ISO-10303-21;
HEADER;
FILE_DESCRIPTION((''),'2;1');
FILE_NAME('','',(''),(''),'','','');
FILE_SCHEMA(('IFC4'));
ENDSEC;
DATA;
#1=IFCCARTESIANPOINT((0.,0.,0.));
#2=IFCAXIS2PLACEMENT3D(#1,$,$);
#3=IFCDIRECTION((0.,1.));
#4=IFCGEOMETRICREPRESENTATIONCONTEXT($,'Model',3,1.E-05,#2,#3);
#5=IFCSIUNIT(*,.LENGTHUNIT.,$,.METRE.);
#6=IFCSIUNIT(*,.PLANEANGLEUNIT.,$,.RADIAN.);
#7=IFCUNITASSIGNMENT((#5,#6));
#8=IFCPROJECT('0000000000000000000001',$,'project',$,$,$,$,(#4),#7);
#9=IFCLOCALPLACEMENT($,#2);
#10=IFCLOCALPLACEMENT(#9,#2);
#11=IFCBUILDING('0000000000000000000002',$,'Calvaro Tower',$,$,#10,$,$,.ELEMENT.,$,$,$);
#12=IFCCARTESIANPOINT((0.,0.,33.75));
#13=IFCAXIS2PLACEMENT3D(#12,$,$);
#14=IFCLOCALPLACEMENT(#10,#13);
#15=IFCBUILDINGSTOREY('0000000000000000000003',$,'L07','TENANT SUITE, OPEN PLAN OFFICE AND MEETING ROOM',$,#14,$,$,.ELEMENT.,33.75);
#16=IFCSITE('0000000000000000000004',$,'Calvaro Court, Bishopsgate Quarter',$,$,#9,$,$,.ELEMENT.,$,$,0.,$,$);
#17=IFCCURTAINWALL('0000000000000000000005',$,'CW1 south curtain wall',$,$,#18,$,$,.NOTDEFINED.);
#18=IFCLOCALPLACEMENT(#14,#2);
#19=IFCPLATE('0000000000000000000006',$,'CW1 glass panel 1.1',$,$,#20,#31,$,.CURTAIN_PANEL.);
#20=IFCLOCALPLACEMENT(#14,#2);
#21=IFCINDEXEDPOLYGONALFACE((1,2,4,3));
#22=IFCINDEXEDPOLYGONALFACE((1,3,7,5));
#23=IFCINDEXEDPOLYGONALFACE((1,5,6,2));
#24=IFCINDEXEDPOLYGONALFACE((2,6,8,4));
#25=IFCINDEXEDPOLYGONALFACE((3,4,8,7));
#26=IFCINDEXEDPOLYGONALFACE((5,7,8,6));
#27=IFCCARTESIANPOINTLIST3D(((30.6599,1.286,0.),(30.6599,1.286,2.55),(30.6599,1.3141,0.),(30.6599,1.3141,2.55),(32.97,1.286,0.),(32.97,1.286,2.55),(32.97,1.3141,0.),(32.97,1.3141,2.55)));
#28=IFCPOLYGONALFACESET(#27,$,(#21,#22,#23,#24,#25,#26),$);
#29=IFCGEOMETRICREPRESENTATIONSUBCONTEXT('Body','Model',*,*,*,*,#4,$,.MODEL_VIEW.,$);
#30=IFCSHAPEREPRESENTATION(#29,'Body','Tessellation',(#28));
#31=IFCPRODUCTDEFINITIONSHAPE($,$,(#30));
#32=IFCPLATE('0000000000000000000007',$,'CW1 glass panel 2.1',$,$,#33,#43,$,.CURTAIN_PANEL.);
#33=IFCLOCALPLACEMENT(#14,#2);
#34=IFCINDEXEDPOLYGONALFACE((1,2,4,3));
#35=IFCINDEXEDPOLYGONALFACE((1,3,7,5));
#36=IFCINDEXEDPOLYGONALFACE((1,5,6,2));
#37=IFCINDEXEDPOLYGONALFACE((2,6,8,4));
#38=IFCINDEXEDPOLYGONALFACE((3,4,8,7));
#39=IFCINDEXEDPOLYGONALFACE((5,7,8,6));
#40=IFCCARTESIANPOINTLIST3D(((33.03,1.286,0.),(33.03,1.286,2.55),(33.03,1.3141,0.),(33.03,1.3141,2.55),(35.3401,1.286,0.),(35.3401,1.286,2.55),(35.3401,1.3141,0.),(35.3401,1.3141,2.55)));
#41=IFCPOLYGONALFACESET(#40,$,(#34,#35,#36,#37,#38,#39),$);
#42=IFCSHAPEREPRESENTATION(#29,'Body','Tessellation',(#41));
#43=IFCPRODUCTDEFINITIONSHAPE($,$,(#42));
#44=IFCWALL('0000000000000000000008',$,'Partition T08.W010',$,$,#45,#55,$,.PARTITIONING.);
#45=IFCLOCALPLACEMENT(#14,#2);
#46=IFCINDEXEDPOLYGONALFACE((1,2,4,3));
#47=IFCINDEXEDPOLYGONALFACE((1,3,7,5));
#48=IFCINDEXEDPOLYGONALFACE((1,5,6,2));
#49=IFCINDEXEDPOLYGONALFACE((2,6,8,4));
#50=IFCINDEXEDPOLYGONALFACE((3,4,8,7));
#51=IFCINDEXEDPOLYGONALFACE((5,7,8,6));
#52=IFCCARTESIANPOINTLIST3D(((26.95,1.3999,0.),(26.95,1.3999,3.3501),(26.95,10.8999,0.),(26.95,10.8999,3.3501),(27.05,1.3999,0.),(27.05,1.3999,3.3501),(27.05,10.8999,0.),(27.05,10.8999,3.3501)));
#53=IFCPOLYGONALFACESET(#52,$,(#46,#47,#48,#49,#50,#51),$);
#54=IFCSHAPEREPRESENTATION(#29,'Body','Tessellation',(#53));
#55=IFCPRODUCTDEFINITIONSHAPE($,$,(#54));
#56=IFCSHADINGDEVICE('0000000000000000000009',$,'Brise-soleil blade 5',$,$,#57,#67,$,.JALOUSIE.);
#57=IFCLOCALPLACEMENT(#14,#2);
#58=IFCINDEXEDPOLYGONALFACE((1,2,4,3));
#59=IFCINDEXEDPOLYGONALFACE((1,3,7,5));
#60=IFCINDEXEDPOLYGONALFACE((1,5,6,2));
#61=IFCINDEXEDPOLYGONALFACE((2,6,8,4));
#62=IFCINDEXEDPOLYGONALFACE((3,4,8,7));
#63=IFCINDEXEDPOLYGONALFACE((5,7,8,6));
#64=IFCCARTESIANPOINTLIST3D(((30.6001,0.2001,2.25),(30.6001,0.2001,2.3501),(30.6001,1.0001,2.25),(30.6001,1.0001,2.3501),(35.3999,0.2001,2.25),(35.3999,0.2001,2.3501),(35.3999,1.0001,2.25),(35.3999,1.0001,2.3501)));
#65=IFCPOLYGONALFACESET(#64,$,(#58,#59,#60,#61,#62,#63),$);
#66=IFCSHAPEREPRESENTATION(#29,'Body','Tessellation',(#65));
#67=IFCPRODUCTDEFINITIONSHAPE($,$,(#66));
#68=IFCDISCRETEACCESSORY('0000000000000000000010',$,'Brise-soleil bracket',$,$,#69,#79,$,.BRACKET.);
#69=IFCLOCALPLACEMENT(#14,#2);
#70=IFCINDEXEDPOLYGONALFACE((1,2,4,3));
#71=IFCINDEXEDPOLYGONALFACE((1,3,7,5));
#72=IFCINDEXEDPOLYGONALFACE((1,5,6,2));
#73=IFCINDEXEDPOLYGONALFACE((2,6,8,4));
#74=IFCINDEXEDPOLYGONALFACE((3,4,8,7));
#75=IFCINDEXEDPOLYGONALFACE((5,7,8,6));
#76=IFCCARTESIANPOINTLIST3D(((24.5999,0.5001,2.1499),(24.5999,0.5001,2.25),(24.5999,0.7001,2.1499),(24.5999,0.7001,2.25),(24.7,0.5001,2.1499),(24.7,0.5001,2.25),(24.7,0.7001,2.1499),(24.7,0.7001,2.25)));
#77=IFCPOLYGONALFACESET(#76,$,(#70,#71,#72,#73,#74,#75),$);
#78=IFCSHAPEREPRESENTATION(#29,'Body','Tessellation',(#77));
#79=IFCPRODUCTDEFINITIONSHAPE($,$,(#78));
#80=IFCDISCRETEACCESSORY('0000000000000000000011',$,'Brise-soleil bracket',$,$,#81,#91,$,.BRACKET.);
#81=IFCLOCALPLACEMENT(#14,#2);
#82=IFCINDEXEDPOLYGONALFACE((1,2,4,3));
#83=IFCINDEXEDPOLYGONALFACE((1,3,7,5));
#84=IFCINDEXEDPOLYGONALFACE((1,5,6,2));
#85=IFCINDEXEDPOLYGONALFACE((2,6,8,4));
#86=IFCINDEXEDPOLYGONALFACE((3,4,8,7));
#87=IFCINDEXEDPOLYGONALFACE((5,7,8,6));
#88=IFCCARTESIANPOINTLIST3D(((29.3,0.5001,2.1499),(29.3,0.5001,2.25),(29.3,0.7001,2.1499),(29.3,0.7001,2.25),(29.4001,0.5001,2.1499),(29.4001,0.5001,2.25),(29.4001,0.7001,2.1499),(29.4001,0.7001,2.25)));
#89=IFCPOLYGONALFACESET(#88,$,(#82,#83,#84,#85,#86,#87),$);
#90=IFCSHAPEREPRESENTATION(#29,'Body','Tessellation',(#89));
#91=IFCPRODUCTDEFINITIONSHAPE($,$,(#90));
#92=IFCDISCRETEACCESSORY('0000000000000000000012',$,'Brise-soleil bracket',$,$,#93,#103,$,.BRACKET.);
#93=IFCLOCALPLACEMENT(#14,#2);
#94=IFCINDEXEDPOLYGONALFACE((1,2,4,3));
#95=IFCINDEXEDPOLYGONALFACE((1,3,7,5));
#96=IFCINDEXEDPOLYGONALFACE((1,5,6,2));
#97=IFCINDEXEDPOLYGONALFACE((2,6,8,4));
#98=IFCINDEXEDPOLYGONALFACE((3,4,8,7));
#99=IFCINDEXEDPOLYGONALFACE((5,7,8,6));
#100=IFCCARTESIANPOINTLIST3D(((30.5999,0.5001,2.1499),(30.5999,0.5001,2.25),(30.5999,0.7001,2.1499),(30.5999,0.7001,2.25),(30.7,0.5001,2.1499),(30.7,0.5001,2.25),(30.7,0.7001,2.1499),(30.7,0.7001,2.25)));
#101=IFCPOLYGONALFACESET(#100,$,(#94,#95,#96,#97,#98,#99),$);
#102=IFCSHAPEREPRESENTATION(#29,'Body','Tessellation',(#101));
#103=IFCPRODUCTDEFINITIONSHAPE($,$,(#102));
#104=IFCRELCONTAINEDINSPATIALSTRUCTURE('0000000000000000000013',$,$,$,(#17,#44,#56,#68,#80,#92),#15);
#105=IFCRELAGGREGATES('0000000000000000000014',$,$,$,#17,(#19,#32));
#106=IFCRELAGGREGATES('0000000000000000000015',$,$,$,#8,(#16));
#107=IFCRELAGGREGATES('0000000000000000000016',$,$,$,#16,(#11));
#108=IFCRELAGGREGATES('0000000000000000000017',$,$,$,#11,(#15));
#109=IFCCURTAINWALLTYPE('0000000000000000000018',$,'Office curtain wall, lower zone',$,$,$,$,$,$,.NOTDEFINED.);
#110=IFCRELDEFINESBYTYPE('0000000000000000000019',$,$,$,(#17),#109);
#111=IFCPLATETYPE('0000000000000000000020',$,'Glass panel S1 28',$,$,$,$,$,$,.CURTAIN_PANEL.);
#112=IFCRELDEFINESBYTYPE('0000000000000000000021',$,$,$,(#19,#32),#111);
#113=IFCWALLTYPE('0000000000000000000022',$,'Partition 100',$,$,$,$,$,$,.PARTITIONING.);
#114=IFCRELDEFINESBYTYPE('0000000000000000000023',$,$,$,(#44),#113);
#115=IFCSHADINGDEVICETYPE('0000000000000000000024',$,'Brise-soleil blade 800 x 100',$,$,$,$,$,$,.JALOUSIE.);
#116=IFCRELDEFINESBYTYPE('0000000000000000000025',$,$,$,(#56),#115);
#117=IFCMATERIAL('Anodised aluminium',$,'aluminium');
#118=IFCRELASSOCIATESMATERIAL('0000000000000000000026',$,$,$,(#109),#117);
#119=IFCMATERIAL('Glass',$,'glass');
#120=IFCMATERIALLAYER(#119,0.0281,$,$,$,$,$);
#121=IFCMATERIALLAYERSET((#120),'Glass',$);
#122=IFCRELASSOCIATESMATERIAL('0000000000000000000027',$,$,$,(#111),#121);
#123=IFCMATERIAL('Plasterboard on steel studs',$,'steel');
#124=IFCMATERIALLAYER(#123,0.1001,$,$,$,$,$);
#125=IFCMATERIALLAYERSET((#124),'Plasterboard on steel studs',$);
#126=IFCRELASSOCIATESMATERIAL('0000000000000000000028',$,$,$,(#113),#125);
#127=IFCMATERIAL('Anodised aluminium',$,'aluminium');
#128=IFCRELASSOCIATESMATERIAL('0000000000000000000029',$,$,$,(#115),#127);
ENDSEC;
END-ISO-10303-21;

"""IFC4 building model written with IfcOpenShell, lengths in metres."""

from ifc_helpers import new_model, si_unit, direction, frame, frame_2d, origin, origin_2d, place, context, subcontext, project, spatial, rectangle, extrude, material, layer, layer_set, material_profile, profile_set, type_object, element, aggregate, save


model = new_model("IFC4")

# Units and contexts
model_context = context("Model", 3, precision=1e-05, world=origin(), true_north=direction((0.0, 1.0)))
body_context = subcontext(model_context, "Body", "Model", "MODEL_VIEW")
ifc_project = project(units=[si_unit("LENGTHUNIT", "METRE"), si_unit("PLANEANGLEUNIT", "RADIAN")], contexts=[model_context])

# Site, building, storey
site_placement = place(None, origin())
site = spatial("IfcSite", under=ifc_project, at=site_placement, Name="Calvaro Court, Bishopsgate Quarter", CompositionType="ELEMENT", RefElevation=0.0)
building_placement = place(site_placement, origin())
building = spatial("IfcBuilding", under=site, at=building_placement, Name="Calvaro Tower", CompositionType="ELEMENT")
storey_placement = place(building_placement, frame((0.0, 0.0, 33.75)))
storey = spatial("IfcBuildingStorey", under=building, at=storey_placement, Name="L07", Description="TENANT SUITE, OPEN PLAN OFFICE AND MEETING ROOM", CompositionType="ELEMENT", Elevation=33.75)

# Curtain wall
ifc_material_1 = material(Name="Anodised aluminium", Category="aluminium")
curtain_wall_type = type_object("IfcCurtainWallType", Name="Office curtain wall, lower zone", PredefinedType="NOTDEFINED", material=ifc_material_1)
curtain_wall_1_placement = place(storey_placement, origin())
curtain_wall_1 = element("IfcCurtainWall", 1, at=curtain_wall_1_placement, inside=storey, type_object=curtain_wall_type, Name="CW1 south curtain wall", PredefinedType="NOTDEFINED")

# Plates
ifc_material_2 = material(Name="Glass", Category="glass")
ifc_layer_1 = layer(ifc_material_2, 0.0281)
ifc_layer_set_1 = layer_set([ifc_layer_1], Name="Glass")
plate_type = type_object("IfcPlateType", Name="Glass panel S1 28", PredefinedType="CURTAIN_PANEL", material=ifc_layer_set_1)
plate_1_placement = place(storey_placement, frame((31.8149, 1.3, 0.0), z_axis=(0.0, 0.0, 1.0), x_axis=(1.0, 0.0, 0.0)))
plate_1 = element("IfcPlate", 2, at=plate_1_placement, type_object=plate_type, Name="CW1 glass panel 1.1", PredefinedType="CURTAIN_PANEL", context=body_context, shape_type="SweptSolid", body=[
    extrude(rectangle(XDim=2.3101, YDim=0.0281, at=origin_2d()), origin(), (0.0, 0.0, 1.0), 2.55),
])
plate_2_placement = place(storey_placement, frame((34.1851, 1.3, 0.0), z_axis=(0.0, 0.0, 1.0), x_axis=(1.0, 0.0, 0.0)))
plate_2 = element("IfcPlate", 3, at=plate_2_placement, type_object=plate_type, Name="CW1 glass panel 2.1", PredefinedType="CURTAIN_PANEL", context=body_context, shape_type="SweptSolid", body=[
    extrude(rectangle(XDim=2.3101, YDim=0.0281, at=origin_2d()), origin(), (0.0, 0.0, 1.0), 2.55),
])
aggregate(curtain_wall_1, [plate_1, plate_2])

# Wall
ifc_material_3 = material(Name="Plasterboard on steel studs", Category="steel")
ifc_layer_2 = layer(ifc_material_3, 0.1001)
ifc_layer_set_2 = layer_set([ifc_layer_2], Name="Plasterboard on steel studs")
wall_type = type_object("IfcWallType", Name="Partition 100", PredefinedType="PARTITIONING", material=ifc_layer_set_2)
wall_placement = place(storey_placement, frame((27.0, 1.3999, 0.0), z_axis=(0.0, 0.0, 1.0), x_axis=(0.0, 1.0, 0.0)))
element("IfcWall", 4, at=wall_placement, inside=storey, type_object=wall_type, Name="Partition T08.W010", PredefinedType="PARTITIONING", context=body_context, shape_type="SweptSolid", body=[
    extrude(rectangle(XDim=9.5, YDim=0.1001, at=frame_2d((4.75, 0.0))), origin(), (0.0, 0.0, 1.0), 3.3501),
])

# Shading device
ifc_material_4 = material(Name="Anodised aluminium", Category="aluminium")
ifc_material_profile_1 = material_profile(ifc_material_4, rectangle(XDim=0.8, YDim=0.1001, at=origin_2d()), Name="Brise-soleil blade 800 x 100")
ifc_profile_set_1 = profile_set([ifc_material_profile_1], Name="Anodised aluminium")
shading_device_type = type_object("IfcShadingDeviceType", Name="Brise-soleil blade 800 x 100", PredefinedType="JALOUSIE", material=ifc_profile_set_1)
shading_device_placement = place(storey_placement, frame((30.6001, 0.6001, 2.3), z_axis=(1.0, 0.0, 0.0), x_axis=(0.0, 1.0, 0.0)))
element("IfcShadingDevice", 5, at=shading_device_placement, inside=storey, type_object=shading_device_type, Name="Brise-soleil blade 5", PredefinedType="JALOUSIE", context=body_context, shape_type="SweptSolid", body=[
    extrude(rectangle(XDim=0.8, YDim=0.1001, at=origin_2d()), origin(), (0.0, 0.0, 1.0), 4.7998),
])

# Discrete accessories
for number, where, z_axis, x_axis, name in (
    (6, (24.6499, 0.6001, 2.1499), (0.0, 0.0, 1.0), (1.0, 0.0, 0.0), "Brise-soleil bracket"),
    (7, (29.3501, 0.6001, 2.1499), (0.0, 0.0, 1.0), (1.0, 0.0, 0.0), "Brise-soleil bracket"),
    (8, (30.6499, 0.6001, 2.1499), (0.0, 0.0, 1.0), (1.0, 0.0, 0.0), "Brise-soleil bracket"),
):
    element("IfcDiscreteAccessory", number, at=place(storey_placement, frame(where, z_axis=z_axis, x_axis=x_axis)), inside=storey, Name=name, PredefinedType="BRACKET", context=body_context, shape_type="SweptSolid", body=[
        extrude(rectangle(XDim=0.1001, YDim=0.2, at=origin_2d()), origin(), (0.0, 0.0, 1.0), 0.1001),
    ])

save(model, "model.ifc")
